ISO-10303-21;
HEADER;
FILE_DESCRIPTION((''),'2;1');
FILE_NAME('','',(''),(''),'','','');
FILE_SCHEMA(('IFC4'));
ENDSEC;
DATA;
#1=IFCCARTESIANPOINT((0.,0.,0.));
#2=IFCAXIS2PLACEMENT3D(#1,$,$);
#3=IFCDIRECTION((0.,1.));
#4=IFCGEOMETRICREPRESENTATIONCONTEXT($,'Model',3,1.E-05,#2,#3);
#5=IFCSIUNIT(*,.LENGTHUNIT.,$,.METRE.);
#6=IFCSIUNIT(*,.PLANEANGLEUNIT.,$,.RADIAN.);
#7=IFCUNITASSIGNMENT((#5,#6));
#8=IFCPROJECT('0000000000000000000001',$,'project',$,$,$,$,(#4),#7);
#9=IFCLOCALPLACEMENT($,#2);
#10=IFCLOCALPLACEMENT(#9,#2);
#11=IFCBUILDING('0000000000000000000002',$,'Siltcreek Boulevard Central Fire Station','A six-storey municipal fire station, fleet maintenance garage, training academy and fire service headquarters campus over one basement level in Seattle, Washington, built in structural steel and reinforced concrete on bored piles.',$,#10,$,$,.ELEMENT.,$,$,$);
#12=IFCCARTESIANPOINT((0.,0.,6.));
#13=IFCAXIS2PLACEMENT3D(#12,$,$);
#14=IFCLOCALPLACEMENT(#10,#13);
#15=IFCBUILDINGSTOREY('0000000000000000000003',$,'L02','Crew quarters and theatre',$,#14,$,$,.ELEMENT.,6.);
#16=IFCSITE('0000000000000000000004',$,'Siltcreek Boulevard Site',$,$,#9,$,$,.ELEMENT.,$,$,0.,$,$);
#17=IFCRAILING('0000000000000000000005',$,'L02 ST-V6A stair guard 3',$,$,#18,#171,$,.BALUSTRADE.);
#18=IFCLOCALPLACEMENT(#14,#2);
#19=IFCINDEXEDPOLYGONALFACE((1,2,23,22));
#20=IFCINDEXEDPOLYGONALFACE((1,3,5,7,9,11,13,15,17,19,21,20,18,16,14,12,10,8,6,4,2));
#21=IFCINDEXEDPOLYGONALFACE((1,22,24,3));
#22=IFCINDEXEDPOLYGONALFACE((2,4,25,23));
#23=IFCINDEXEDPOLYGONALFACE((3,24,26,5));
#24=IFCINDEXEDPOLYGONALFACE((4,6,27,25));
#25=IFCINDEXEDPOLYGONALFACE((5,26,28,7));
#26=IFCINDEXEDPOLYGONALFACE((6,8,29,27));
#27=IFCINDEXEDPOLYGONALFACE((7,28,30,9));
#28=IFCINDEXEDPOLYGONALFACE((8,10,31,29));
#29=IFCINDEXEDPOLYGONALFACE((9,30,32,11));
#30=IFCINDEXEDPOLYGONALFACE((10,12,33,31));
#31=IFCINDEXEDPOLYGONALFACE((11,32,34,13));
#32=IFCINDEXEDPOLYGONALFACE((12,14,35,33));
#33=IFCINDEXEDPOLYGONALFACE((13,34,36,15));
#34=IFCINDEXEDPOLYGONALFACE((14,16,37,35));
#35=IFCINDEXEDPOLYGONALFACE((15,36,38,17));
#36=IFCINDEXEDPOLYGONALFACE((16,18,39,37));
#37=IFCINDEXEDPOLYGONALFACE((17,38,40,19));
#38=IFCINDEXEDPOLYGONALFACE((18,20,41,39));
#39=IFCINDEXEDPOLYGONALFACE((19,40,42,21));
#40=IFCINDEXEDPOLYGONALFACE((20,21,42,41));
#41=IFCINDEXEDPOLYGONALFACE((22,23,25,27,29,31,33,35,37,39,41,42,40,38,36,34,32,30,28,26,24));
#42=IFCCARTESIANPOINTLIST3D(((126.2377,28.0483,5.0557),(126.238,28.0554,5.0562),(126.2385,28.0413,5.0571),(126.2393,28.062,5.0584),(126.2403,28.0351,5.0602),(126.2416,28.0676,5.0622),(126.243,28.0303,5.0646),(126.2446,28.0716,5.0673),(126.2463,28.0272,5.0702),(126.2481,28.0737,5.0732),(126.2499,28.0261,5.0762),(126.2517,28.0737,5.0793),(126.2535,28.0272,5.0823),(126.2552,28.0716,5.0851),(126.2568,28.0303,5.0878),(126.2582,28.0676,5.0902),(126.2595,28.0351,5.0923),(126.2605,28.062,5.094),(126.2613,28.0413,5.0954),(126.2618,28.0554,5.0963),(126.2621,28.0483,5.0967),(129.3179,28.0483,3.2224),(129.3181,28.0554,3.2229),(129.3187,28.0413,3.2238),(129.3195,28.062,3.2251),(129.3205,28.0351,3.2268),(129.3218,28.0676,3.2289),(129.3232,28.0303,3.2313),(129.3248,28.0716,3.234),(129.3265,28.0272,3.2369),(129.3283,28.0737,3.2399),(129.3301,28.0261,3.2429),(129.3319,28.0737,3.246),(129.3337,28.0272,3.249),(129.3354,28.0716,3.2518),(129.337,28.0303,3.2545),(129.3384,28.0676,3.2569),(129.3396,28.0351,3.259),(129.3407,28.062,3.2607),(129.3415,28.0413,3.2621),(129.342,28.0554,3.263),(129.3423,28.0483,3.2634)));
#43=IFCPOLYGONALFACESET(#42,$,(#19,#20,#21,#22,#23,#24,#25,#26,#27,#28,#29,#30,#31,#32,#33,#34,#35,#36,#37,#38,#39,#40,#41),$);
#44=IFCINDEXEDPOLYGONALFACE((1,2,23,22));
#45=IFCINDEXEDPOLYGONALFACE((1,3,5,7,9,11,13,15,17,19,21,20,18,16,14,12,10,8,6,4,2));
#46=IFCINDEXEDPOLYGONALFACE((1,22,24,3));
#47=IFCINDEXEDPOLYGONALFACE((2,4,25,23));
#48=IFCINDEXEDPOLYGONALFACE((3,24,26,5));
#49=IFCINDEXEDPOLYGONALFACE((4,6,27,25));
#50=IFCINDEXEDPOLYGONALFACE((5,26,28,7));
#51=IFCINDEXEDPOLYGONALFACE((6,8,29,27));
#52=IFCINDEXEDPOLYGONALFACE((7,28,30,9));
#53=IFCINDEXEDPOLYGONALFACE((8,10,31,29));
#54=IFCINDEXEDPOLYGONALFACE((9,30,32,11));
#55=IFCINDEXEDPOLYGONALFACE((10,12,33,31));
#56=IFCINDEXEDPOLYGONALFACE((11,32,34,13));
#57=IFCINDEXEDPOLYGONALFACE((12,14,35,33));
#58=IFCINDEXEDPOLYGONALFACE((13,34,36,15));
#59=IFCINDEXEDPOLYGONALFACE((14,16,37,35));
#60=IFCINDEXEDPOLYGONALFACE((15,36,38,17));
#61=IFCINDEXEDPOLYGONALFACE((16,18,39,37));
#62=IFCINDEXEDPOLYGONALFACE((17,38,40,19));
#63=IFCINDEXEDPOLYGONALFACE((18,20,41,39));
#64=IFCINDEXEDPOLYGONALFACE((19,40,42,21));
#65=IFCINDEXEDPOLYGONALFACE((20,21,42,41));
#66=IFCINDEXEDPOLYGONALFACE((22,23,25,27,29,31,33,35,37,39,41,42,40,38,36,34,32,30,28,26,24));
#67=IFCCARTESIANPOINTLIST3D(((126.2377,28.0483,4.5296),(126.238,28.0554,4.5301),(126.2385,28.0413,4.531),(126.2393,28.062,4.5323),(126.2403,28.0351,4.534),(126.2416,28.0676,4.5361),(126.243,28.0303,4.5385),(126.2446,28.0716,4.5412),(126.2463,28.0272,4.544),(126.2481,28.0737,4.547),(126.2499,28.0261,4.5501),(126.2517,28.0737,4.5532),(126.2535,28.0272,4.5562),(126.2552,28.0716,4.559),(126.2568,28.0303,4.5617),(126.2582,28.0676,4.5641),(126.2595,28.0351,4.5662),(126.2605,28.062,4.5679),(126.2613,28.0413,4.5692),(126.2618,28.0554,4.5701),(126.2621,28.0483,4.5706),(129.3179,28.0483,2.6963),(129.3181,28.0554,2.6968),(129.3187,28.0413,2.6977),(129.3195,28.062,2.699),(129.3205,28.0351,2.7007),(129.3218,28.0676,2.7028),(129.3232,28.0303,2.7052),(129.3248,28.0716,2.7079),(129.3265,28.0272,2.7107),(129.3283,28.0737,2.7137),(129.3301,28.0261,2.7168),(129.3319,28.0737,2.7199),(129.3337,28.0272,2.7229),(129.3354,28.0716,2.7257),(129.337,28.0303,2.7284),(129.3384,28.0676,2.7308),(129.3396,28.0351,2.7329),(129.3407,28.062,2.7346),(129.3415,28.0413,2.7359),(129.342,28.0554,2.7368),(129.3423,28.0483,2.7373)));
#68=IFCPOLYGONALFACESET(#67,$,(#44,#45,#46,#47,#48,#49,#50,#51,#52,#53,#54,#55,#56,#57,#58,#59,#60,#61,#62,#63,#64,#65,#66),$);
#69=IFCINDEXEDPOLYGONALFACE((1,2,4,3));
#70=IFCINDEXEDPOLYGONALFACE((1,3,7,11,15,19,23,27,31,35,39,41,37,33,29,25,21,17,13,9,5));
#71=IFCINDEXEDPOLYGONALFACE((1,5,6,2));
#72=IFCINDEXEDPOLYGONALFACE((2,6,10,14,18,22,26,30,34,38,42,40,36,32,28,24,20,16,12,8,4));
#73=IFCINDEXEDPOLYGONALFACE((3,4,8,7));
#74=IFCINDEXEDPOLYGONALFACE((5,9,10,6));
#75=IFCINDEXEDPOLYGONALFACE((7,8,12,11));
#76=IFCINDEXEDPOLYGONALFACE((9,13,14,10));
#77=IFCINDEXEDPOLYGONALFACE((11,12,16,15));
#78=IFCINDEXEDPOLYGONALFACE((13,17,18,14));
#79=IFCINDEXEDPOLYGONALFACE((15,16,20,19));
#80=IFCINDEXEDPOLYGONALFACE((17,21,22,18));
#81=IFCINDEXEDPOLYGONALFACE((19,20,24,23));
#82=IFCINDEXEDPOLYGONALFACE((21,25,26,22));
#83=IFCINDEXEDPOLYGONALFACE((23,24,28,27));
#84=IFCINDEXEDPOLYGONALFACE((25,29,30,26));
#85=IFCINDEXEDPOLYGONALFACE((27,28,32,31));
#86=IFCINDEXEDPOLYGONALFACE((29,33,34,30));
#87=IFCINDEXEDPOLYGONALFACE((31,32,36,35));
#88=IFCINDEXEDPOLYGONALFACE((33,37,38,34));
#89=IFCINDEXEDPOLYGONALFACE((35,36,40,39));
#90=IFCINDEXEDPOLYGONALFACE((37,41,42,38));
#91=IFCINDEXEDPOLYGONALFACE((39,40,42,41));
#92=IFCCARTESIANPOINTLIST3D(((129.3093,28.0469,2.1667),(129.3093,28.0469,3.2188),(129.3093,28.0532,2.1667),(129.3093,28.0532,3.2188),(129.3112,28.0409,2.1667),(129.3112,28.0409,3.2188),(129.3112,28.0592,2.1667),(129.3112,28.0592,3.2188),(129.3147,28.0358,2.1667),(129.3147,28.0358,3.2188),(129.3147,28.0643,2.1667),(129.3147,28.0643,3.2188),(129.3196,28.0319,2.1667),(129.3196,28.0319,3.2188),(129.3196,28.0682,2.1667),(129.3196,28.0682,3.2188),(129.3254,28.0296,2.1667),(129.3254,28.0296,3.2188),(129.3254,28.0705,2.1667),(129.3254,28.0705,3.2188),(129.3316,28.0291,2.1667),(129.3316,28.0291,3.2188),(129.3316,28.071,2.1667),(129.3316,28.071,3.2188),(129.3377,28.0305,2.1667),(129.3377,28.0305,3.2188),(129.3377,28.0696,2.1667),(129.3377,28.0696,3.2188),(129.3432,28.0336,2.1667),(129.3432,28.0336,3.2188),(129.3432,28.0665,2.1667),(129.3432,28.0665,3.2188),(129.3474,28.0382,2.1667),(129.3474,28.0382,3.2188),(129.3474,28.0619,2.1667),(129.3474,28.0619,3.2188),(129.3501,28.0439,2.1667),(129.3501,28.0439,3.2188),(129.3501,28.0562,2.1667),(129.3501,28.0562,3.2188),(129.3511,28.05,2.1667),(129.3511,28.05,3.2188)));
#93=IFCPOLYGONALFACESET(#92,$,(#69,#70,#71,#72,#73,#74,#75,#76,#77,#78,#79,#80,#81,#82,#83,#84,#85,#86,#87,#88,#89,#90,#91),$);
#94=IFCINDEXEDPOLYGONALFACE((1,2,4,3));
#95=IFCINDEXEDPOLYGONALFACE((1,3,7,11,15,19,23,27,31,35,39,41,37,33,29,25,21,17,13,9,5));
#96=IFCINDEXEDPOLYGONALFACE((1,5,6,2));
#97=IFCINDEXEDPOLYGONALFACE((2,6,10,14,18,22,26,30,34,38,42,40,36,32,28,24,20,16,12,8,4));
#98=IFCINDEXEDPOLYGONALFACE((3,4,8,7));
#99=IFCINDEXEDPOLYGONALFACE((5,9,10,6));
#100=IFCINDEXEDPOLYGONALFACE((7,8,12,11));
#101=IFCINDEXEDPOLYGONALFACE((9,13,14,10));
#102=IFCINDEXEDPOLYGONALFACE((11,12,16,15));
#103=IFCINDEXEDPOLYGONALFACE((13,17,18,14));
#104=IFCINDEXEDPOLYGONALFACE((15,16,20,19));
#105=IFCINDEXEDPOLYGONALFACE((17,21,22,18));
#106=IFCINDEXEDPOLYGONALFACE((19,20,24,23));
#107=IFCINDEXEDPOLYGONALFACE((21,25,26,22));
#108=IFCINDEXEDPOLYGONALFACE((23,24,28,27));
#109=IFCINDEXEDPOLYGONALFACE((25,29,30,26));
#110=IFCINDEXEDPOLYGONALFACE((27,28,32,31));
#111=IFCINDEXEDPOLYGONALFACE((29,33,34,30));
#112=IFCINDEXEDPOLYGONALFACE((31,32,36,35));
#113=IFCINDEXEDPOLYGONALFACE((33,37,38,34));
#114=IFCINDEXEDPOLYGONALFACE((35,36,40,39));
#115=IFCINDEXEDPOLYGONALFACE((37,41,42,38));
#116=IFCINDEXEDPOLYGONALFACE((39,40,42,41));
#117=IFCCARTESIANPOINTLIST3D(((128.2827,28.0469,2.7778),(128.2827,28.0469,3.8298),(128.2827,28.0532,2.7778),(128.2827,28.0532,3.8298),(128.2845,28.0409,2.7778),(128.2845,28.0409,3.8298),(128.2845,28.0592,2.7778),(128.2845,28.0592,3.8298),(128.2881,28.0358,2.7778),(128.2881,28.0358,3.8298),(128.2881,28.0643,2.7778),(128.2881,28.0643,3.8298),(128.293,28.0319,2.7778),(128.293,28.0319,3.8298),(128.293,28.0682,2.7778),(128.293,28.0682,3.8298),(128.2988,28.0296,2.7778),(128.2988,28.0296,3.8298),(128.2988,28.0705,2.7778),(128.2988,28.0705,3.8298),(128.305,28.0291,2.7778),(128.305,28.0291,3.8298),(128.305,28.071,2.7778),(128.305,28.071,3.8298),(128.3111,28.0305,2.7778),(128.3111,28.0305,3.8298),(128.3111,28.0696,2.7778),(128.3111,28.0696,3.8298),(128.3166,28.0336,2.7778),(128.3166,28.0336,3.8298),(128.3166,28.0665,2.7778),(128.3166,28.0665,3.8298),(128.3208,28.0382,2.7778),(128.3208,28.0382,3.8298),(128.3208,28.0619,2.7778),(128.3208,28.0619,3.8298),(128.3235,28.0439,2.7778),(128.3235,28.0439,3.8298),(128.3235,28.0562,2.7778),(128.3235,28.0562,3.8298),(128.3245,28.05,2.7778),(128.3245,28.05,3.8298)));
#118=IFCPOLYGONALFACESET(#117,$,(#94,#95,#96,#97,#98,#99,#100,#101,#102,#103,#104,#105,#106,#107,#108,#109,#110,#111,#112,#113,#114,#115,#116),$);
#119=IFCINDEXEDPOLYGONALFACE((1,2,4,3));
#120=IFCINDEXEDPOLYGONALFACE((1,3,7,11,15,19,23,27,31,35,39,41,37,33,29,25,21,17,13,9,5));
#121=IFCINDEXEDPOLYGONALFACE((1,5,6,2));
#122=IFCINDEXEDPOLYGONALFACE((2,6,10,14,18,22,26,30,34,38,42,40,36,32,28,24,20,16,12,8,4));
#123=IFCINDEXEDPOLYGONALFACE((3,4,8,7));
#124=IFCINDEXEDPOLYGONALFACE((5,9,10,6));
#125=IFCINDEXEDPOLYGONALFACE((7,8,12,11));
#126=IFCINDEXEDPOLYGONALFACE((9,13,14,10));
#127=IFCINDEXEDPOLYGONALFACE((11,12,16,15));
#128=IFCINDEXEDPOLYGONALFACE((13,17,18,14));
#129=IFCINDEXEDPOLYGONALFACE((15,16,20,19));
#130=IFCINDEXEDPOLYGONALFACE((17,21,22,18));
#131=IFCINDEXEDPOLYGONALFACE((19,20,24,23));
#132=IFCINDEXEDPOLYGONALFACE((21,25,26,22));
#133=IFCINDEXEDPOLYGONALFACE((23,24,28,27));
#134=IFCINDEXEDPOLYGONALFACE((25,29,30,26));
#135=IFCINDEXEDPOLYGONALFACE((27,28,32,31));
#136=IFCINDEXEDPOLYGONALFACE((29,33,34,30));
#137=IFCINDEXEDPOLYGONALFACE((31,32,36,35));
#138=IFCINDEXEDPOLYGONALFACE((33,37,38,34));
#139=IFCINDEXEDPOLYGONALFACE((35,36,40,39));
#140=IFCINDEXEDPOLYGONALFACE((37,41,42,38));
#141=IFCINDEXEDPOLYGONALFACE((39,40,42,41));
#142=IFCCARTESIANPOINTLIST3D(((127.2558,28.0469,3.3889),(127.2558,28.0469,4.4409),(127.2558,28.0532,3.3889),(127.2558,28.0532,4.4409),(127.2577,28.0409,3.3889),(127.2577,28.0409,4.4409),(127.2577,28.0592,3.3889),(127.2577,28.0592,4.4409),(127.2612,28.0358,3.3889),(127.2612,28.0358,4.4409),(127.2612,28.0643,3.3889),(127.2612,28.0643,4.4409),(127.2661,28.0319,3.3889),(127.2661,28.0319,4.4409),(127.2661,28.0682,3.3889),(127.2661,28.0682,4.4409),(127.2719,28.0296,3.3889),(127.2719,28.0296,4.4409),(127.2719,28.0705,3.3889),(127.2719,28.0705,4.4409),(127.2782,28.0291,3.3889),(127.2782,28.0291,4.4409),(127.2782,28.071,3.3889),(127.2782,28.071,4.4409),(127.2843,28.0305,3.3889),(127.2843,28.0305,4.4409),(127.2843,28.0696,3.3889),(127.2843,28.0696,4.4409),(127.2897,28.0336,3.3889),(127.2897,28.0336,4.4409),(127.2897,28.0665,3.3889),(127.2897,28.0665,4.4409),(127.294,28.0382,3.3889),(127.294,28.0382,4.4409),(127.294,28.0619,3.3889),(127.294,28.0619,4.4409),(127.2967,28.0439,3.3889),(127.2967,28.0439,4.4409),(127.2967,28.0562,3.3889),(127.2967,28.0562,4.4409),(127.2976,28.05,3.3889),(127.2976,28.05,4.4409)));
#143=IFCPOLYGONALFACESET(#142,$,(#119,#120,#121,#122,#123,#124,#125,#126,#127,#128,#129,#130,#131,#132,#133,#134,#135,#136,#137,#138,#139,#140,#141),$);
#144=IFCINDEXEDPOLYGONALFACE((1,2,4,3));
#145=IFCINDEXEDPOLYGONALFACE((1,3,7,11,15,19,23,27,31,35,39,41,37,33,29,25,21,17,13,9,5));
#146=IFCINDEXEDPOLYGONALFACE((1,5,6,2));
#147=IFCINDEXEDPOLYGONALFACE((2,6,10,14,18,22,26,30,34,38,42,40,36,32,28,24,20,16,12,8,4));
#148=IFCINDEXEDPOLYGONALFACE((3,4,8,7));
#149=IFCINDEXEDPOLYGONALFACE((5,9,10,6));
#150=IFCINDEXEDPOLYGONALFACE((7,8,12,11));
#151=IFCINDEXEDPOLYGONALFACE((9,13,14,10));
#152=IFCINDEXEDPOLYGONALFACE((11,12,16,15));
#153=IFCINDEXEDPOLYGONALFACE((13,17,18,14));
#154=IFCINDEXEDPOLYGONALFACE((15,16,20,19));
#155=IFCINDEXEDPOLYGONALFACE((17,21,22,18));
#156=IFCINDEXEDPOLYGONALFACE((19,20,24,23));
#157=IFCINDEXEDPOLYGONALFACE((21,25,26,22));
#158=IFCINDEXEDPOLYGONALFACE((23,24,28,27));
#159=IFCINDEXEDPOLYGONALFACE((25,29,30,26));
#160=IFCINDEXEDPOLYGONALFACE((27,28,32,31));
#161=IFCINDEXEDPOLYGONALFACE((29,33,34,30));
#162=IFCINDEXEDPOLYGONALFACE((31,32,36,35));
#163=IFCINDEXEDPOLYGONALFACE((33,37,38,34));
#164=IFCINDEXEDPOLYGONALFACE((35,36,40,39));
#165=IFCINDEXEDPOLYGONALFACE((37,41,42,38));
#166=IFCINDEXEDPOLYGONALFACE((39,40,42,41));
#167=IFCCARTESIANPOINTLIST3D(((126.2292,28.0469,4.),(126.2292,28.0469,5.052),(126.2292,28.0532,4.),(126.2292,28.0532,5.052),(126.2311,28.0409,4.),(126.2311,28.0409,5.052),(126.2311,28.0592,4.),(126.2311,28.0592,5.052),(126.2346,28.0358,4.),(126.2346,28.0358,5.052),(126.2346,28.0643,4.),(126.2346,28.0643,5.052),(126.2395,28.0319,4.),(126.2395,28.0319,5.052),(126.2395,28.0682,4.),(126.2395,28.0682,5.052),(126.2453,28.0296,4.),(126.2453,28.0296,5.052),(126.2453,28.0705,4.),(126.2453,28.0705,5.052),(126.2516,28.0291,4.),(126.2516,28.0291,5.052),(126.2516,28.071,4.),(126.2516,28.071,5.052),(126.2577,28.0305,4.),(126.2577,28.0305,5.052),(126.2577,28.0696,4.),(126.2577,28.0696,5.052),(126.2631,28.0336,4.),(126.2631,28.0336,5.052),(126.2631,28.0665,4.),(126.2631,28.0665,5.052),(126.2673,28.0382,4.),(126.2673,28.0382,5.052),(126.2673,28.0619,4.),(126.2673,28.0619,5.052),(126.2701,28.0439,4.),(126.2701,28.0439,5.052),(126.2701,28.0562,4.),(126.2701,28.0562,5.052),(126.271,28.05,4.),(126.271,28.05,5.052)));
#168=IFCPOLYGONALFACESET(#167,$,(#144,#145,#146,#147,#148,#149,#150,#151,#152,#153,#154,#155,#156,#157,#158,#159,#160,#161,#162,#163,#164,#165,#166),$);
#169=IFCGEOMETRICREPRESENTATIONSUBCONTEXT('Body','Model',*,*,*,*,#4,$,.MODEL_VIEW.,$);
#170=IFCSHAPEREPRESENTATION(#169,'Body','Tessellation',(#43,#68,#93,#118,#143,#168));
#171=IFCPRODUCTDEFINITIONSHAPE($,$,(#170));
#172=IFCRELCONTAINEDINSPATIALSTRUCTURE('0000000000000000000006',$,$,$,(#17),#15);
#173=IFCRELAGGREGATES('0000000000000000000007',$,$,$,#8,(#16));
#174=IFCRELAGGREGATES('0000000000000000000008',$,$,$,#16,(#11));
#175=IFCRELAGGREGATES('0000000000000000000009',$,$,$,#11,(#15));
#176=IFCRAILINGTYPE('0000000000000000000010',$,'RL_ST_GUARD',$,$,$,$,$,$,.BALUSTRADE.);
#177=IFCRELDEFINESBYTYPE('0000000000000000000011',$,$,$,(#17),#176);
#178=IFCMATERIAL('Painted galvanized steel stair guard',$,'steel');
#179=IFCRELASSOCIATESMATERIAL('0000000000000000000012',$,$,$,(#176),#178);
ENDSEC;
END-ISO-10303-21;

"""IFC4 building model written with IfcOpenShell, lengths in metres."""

from ifc_helpers import new_model, si_unit, direction, frame, origin, origin_2d, place, context, subcontext, project, spatial, circle, extrude, material, type_object, element, save


model = new_model("IFC4")

# Units and contexts
model_context = context("Model", 3, precision=1e-05, world=origin(), true_north=direction((0.0, 1.0)))
body_context = subcontext(model_context, "Body", "Model", "MODEL_VIEW")
ifc_project = project(units=[si_unit("LENGTHUNIT", "METRE"), si_unit("PLANEANGLEUNIT", "RADIAN")], contexts=[model_context])

# Site, building, storey
site_placement = place(None, origin())
site = spatial("IfcSite", under=ifc_project, at=site_placement, Name="Siltcreek Boulevard Site", CompositionType="ELEMENT", RefElevation=0.0)
building_placement = place(site_placement, origin())
building = spatial("IfcBuilding", under=site, at=building_placement, Name="Siltcreek Boulevard Central Fire Station", Description="A six-storey municipal fire station, fleet maintenance garage, training academy and fire service headquarters campus over one basement level in Seattle, Washington, built in structural steel and reinforced concrete on bored piles.", CompositionType="ELEMENT")
storey_placement = place(building_placement, frame((0.0, 0.0, 6.0)))
storey = spatial("IfcBuildingStorey", under=building, at=storey_placement, Name="L02", Description="Crew quarters and theatre", CompositionType="ELEMENT", Elevation=6.0)

# Railing
ifc_material_1 = material(Name="Painted galvanized steel stair guard", Category="steel")
railing_type_1 = type_object("IfcRailingType", Name="RL_ST_GUARD", PredefinedType="BALUSTRADE", material=ifc_material_1)
railing_1_placement = place(storey_placement, frame((129.3301, 28.05, 2.1667)))
element("IfcRailing", 1, at=railing_1_placement, inside=storey, type_object=railing_type_1, Name="L02 ST-V6A stair guard 3", PredefinedType="BALUSTRADE", context=body_context, shape_type="SweptSolid", body=[
    extrude(circle(Radius=0.0239, at=origin_2d()), frame((0.0, 0.0, 1.0762), z_axis=(-0.859309, 0.0, 0.511458), x_axis=(0.0, -1.0, 0.0)), (0.0, 0.0, 1.0), 3.5845),
    extrude(circle(Radius=0.0239, at=origin_2d()), frame((0.0, 0.0, 0.55), z_axis=(-0.859309, 0.0, 0.511458), x_axis=(0.0, -1.0, 0.0)), (0.0, 0.0, 1.0), 3.5845),
    extrude(circle(Radius=0.021, at=origin_2d()), origin(), (0.0, 0.0, 1.0), 1.052),
    extrude(circle(Radius=0.021, at=origin_2d()), frame((-1.0266, 0.0, 0.6111)), (0.0, 0.0, 1.0), 1.052),
    extrude(circle(Radius=0.021, at=origin_2d()), frame((-2.0535, 0.0, 1.2222)), (0.0, 0.0, 1.0), 1.052),
    extrude(circle(Radius=0.021, at=origin_2d()), frame((-3.0801, 0.0, 1.8333)), (0.0, 0.0, 1.0), 1.052),
])

save(model, "model.ifc")
